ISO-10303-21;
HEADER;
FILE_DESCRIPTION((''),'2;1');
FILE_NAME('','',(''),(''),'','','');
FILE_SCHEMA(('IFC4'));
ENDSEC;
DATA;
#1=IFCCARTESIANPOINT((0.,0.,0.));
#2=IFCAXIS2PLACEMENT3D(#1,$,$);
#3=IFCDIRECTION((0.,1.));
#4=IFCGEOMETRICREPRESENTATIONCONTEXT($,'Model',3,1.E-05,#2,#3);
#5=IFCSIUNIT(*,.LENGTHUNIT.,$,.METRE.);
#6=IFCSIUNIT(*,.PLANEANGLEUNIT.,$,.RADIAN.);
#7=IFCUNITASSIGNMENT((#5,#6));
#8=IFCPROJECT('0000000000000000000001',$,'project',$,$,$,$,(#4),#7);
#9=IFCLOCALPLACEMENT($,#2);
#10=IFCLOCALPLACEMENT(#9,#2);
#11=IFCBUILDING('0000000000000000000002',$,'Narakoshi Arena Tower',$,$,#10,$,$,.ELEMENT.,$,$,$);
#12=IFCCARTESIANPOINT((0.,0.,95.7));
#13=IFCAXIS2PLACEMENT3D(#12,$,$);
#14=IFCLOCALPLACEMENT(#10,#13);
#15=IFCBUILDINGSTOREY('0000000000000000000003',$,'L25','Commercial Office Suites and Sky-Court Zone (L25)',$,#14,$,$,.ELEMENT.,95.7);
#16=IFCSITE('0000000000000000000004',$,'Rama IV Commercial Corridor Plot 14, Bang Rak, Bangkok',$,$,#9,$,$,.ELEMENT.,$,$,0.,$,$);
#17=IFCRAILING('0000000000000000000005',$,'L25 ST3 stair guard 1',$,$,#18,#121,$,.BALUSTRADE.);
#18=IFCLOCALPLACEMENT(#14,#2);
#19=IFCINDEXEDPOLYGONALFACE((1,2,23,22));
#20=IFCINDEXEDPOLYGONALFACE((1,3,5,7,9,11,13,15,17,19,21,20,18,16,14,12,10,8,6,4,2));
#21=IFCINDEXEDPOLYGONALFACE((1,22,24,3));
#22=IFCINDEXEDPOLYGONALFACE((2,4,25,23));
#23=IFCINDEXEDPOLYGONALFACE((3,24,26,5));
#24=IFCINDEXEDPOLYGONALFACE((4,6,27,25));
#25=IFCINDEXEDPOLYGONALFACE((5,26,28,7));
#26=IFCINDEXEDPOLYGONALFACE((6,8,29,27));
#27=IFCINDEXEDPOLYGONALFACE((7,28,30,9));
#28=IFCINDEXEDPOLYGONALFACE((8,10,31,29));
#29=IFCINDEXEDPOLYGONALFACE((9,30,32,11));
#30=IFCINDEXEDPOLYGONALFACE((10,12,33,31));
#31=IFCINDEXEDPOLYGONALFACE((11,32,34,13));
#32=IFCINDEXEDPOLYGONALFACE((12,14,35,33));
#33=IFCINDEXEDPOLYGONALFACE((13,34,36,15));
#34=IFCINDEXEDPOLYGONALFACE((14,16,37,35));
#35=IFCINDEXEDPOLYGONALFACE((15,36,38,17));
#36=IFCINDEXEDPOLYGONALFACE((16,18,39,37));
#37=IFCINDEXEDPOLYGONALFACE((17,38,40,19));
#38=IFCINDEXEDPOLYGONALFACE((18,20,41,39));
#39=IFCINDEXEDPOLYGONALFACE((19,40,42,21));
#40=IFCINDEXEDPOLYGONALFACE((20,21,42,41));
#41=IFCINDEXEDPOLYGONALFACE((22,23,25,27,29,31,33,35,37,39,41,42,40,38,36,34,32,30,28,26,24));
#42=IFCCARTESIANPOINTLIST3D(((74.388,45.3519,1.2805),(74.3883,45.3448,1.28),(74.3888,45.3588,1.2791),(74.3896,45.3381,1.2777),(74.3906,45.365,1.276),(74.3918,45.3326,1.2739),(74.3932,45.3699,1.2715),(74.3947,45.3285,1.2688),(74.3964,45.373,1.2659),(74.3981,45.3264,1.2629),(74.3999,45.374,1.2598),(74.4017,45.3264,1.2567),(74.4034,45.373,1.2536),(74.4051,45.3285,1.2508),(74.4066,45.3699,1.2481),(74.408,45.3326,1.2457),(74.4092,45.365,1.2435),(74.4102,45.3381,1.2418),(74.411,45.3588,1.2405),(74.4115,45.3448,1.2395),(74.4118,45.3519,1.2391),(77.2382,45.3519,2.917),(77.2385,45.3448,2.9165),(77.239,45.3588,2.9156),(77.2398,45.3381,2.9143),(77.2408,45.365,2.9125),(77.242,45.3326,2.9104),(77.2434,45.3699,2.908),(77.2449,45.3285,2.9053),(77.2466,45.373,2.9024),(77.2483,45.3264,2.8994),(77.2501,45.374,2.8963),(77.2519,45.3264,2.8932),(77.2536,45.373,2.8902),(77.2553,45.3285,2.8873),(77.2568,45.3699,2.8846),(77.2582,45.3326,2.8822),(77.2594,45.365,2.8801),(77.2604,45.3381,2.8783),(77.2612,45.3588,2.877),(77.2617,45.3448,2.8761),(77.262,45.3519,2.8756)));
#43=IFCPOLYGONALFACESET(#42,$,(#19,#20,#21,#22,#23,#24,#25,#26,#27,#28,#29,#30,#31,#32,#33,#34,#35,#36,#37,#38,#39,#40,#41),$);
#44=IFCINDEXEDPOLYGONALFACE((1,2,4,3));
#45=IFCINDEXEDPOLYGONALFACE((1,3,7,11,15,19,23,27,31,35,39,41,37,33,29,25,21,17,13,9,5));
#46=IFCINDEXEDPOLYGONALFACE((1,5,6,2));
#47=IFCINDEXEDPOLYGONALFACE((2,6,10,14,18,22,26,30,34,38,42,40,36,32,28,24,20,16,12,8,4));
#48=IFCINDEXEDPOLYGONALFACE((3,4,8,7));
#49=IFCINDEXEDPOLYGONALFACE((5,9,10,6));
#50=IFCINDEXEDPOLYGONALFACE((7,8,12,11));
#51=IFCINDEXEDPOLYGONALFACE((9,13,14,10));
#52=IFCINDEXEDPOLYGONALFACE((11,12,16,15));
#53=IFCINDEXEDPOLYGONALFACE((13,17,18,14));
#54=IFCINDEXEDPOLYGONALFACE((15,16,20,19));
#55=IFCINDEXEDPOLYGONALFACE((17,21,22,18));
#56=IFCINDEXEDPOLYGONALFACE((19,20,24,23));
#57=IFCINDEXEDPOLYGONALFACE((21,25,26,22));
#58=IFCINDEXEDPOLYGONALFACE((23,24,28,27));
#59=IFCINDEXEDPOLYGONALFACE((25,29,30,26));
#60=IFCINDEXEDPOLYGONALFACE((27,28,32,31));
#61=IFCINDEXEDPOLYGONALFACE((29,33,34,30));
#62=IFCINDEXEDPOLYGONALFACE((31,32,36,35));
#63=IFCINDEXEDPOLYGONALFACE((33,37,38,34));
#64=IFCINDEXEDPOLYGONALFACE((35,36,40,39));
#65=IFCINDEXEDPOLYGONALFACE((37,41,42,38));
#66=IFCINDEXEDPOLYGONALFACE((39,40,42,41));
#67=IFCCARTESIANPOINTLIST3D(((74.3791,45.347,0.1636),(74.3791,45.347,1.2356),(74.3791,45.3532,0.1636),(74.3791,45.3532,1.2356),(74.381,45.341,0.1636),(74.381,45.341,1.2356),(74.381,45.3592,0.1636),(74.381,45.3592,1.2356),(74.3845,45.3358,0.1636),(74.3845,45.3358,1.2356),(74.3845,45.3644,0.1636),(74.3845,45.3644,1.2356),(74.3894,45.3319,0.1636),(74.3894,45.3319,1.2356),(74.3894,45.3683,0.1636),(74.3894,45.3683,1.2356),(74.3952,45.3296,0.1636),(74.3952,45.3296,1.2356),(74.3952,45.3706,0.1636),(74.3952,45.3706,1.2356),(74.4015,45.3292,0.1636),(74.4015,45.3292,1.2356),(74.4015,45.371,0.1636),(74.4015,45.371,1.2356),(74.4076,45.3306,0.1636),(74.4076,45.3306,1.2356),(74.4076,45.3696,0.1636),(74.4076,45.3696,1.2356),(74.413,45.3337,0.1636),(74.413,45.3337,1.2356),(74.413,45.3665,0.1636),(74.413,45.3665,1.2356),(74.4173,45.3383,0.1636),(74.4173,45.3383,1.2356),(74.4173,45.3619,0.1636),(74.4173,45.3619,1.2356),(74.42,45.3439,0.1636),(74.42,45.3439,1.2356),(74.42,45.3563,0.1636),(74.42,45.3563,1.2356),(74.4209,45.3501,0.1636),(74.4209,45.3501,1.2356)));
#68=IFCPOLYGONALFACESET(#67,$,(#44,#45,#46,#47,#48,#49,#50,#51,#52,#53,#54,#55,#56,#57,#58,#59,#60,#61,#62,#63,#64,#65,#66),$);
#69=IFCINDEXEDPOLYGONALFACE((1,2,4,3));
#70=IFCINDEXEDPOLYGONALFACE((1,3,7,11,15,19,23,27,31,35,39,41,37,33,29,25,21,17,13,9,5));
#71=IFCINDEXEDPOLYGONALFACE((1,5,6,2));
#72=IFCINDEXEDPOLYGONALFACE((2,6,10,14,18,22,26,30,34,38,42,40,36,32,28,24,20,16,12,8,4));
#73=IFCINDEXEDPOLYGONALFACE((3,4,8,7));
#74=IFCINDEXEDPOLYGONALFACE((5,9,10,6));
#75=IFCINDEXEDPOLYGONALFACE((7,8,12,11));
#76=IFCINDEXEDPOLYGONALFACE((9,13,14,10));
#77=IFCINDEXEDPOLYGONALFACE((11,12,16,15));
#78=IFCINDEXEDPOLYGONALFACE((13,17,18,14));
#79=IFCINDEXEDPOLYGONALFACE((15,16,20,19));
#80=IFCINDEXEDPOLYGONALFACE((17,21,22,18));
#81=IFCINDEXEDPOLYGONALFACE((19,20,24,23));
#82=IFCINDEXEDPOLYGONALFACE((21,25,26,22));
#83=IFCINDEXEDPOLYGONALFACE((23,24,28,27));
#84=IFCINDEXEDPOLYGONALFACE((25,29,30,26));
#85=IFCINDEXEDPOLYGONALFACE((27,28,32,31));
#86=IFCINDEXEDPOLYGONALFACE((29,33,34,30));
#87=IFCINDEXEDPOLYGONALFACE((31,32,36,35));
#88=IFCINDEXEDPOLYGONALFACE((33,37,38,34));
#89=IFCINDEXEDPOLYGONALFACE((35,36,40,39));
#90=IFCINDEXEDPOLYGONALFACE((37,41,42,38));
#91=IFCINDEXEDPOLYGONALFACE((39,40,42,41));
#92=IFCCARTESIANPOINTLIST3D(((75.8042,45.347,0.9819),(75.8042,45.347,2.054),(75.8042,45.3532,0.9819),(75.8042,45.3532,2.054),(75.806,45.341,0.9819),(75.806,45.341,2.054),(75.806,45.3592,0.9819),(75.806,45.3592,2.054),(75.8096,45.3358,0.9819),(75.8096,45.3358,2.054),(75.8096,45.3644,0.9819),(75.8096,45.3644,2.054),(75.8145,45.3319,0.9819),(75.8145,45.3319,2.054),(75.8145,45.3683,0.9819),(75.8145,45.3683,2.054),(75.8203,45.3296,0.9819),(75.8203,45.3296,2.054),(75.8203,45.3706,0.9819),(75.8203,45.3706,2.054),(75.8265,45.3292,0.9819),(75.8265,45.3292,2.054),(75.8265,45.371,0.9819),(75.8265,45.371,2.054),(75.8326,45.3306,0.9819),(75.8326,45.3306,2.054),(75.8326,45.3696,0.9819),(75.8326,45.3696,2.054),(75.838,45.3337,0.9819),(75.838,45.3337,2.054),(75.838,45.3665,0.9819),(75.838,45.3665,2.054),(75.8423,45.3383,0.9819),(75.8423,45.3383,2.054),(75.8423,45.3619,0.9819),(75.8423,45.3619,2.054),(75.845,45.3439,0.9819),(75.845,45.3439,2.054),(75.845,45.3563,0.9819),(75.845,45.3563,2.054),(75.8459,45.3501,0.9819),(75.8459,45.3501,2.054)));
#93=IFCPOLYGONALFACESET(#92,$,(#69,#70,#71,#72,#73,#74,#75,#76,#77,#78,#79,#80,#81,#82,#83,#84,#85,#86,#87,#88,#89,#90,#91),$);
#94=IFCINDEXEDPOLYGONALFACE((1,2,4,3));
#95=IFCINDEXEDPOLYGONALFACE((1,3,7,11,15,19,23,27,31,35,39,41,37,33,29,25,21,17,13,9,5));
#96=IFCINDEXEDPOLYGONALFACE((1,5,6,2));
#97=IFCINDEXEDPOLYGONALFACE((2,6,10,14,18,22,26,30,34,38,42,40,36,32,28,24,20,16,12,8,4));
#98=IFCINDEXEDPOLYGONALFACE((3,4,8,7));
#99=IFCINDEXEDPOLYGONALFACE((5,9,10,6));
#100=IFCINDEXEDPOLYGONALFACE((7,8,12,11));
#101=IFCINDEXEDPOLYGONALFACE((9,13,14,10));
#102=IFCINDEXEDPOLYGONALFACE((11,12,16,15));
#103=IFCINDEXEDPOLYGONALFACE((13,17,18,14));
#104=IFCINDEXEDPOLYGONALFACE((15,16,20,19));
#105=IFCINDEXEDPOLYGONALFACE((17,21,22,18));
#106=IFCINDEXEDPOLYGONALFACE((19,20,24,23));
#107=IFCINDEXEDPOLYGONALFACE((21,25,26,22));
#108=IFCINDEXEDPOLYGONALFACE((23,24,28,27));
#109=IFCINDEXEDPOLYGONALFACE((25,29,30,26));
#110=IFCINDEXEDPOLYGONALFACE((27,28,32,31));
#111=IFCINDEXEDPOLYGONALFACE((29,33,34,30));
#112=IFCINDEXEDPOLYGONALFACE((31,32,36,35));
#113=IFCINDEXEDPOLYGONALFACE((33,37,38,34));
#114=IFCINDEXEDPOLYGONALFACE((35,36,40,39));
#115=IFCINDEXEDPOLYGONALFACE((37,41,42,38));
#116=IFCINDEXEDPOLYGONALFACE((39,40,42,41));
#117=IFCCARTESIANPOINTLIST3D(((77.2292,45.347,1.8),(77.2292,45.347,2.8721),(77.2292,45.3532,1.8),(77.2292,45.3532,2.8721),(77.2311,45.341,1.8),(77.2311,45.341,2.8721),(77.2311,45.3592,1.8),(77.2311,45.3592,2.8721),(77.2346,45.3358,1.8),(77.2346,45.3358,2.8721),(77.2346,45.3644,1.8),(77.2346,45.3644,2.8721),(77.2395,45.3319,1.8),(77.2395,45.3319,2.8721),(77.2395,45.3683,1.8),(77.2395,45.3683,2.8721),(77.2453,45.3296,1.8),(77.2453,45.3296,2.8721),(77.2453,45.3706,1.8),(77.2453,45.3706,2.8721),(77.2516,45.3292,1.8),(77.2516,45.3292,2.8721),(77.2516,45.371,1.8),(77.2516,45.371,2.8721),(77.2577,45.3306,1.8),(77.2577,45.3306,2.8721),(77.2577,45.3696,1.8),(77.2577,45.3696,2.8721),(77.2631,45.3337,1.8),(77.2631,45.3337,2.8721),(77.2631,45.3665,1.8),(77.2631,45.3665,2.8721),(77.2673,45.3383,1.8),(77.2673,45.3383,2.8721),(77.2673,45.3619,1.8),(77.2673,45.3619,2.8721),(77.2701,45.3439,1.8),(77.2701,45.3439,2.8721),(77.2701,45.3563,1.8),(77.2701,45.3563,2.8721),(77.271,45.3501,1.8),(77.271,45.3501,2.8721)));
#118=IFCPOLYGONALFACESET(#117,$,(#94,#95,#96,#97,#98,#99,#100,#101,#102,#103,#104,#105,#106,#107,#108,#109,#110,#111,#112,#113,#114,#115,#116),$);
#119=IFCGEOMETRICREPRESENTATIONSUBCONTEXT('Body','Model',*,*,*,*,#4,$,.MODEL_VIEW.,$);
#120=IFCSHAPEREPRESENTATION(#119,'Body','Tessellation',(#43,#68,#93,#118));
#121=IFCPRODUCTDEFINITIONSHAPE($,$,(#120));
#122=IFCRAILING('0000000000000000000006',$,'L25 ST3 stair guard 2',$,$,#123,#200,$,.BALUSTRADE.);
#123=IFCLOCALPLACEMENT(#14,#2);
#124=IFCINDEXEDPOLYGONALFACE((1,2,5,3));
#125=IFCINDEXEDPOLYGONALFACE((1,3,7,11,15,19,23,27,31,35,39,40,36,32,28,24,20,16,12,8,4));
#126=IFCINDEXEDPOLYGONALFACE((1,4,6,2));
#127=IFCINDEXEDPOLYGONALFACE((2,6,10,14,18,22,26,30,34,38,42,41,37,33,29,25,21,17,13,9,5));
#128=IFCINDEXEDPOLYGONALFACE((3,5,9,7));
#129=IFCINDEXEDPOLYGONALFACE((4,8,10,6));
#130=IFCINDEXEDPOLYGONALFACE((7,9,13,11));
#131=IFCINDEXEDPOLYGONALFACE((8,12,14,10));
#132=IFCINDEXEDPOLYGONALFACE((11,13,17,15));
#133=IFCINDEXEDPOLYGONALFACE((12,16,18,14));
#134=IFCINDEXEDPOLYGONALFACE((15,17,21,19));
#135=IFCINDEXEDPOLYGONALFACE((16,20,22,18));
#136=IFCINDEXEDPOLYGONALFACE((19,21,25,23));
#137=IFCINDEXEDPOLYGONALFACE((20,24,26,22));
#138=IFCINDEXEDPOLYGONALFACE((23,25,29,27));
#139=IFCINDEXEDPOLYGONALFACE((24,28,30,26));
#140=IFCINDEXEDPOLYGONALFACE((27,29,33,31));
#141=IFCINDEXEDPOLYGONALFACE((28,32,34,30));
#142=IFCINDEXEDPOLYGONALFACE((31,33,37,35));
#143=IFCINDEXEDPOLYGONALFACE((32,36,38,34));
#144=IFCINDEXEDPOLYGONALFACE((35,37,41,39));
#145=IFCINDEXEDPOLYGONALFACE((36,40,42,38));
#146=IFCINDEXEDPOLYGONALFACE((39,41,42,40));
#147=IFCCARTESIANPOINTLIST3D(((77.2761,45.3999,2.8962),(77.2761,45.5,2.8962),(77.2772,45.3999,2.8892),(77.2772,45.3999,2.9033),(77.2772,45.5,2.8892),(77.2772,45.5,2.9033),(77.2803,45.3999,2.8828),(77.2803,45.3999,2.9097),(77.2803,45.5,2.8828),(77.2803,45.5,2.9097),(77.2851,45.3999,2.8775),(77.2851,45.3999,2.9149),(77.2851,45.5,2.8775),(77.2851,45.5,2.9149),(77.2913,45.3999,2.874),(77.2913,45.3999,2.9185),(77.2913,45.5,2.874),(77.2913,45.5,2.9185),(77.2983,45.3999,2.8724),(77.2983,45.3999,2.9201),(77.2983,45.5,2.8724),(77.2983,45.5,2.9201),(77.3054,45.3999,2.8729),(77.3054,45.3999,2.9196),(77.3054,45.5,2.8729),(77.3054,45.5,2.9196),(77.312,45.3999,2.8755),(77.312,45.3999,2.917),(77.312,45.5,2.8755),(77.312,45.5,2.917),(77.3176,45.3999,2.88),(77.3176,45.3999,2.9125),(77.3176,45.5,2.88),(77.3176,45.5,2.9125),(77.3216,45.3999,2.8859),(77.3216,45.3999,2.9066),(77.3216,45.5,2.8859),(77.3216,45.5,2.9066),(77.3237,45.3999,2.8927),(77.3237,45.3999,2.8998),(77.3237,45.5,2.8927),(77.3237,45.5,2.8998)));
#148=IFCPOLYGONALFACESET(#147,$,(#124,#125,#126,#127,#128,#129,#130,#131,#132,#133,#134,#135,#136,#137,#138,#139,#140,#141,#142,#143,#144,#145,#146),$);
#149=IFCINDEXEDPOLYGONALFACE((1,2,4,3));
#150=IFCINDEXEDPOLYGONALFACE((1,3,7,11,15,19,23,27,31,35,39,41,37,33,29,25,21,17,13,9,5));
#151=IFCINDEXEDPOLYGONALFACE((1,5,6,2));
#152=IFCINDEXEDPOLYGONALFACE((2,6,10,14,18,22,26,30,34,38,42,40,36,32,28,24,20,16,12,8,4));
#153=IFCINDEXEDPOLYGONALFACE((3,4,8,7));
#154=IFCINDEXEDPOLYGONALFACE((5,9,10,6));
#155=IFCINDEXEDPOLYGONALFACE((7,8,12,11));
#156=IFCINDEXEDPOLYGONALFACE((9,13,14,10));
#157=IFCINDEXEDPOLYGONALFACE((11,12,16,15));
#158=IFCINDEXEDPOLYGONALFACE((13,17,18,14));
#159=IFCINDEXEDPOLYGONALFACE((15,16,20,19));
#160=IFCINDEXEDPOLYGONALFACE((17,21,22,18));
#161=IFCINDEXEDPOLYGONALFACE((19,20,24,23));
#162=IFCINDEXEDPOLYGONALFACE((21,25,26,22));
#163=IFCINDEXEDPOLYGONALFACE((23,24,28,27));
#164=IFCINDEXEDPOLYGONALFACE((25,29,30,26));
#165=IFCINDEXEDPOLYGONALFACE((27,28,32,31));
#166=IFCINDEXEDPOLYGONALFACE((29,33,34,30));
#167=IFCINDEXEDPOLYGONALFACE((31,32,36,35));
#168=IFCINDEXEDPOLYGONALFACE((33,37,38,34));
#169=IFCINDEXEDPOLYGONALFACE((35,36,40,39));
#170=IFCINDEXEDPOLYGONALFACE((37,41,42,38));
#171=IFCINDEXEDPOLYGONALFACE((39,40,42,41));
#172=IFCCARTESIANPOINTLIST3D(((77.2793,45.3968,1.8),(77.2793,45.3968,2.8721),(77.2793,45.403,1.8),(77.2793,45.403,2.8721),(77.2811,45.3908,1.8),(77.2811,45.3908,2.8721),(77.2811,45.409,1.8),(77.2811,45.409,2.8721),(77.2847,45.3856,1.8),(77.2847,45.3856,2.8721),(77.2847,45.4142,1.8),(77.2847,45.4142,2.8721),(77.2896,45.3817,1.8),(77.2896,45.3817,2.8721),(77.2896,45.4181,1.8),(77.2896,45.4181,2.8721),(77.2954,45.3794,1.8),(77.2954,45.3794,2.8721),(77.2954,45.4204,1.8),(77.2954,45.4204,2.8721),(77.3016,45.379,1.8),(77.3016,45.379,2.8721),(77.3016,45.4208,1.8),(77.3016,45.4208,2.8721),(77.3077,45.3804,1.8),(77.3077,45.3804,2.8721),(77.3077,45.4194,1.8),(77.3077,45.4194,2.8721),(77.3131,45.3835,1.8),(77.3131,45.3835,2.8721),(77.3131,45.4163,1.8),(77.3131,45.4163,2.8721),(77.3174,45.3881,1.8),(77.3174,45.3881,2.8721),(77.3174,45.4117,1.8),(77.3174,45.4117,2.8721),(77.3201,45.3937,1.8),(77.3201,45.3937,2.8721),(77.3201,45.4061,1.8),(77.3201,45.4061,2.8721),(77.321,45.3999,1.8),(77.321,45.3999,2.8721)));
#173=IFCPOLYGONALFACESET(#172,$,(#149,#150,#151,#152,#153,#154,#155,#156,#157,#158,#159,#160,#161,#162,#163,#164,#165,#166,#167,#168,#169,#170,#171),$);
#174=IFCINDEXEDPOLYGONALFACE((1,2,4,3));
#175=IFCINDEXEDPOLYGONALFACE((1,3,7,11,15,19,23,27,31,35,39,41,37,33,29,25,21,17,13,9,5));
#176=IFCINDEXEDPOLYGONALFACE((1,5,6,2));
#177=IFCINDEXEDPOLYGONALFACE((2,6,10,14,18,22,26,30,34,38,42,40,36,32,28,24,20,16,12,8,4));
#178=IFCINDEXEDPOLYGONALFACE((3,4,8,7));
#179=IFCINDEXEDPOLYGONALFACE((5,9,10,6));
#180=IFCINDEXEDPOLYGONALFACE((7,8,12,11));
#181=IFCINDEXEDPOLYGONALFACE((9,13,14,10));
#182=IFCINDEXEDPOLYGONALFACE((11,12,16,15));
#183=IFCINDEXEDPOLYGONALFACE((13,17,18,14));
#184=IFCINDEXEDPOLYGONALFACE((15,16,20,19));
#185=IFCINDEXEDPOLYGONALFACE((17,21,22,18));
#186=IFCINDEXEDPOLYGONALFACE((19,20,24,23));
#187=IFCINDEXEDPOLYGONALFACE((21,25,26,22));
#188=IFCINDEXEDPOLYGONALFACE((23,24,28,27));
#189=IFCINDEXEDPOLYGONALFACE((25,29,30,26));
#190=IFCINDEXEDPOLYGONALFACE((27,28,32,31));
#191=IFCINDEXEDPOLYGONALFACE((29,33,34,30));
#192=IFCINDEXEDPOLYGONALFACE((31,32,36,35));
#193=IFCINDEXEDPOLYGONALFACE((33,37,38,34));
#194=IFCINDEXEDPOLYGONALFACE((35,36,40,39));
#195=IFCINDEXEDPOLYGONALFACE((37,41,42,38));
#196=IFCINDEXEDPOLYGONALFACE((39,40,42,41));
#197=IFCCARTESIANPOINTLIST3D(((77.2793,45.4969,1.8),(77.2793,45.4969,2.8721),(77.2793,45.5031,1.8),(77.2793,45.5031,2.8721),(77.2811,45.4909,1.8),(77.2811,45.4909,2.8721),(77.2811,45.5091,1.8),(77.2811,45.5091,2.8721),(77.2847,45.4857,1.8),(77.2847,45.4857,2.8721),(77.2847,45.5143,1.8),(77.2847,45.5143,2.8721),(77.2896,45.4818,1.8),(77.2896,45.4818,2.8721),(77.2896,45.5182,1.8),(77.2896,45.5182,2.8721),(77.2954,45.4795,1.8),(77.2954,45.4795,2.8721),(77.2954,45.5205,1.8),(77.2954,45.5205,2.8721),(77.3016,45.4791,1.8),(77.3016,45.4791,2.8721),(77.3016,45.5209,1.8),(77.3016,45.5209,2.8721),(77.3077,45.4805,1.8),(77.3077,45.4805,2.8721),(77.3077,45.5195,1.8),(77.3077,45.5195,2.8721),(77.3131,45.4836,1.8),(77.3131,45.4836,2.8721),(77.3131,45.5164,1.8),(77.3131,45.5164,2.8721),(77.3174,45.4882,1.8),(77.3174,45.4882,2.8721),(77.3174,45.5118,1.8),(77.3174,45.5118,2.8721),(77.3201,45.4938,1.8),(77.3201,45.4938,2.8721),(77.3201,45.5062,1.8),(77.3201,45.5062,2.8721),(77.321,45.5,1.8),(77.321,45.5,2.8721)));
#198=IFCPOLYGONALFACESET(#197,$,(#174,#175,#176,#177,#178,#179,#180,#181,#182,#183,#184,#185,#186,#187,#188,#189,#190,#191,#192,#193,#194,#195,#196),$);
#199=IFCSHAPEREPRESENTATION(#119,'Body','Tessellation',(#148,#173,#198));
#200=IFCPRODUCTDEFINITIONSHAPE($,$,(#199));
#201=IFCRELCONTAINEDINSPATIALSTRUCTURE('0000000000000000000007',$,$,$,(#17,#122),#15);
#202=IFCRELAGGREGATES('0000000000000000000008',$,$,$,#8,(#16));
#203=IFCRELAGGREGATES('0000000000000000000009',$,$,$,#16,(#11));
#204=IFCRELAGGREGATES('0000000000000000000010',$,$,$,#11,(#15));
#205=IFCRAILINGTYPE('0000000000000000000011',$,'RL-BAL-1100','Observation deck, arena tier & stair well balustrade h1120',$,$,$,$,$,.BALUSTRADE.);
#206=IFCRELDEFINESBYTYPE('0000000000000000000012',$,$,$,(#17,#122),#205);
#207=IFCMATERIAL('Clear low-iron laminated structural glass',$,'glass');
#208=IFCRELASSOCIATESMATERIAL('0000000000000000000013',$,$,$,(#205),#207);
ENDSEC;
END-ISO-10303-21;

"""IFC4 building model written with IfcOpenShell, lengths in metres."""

from ifc_helpers import new_model, si_unit, direction, frame, origin, origin_2d, place, context, subcontext, project, spatial, circle, extrude, material, type_object, element, save


model = new_model("IFC4")

# Units and contexts
model_context = context("Model", 3, precision=1e-05, world=origin(), true_north=direction((0.0, 1.0)))
body_context = subcontext(model_context, "Body", "Model", "MODEL_VIEW")
ifc_project = project(units=[si_unit("LENGTHUNIT", "METRE"), si_unit("PLANEANGLEUNIT", "RADIAN")], contexts=[model_context])

# Site, building, storey
site_placement = place(None, origin())
site = spatial("IfcSite", under=ifc_project, at=site_placement, Name="Rama IV Commercial Corridor Plot 14, Bang Rak, Bangkok", CompositionType="ELEMENT", RefElevation=0.0)
building_placement = place(site_placement, origin())
building = spatial("IfcBuilding", under=site, at=building_placement, Name="Narakoshi Arena Tower", CompositionType="ELEMENT")
storey_placement = place(building_placement, frame((0.0, 0.0, 95.7)))
storey = spatial("IfcBuildingStorey", under=building, at=storey_placement, Name="L25", Description="Commercial Office Suites and Sky-Court Zone (L25)", CompositionType="ELEMENT", Elevation=95.7)

# Railings
ifc_material_1 = material(Name="Clear low-iron laminated structural glass", Category="glass")
railing_type_1 = type_object("IfcRailingType", Name="RL-BAL-1100", Description="Observation deck, arena tier & stair well balustrade h1120", PredefinedType="BALUSTRADE", material=ifc_material_1)
railing_1_placement = place(storey_placement, frame((74.3999, 45.3501, 0.1636)))
element("IfcRailing", 1, at=railing_1_placement, inside=storey, type_object=railing_type_1, Name="L25 ST3 stair guard 1", PredefinedType="BALUSTRADE", context=body_context, shape_type="SweptSolid", body=[
    extrude(circle(Radius=0.0239, at=origin_2d()), frame((0.0, 0.0, 1.0962), z_axis=(0.867213, 0.0, 0.497938), x_axis=(0.0, 1.0, 0.0)), (0.0, 0.0, 1.0), 3.2866),
    extrude(circle(Radius=0.021, at=origin_2d()), origin(), (0.0, 0.0, 1.0), 1.072),
    extrude(circle(Radius=0.021, at=origin_2d()), frame((1.425, 0.0, 0.8184)), (0.0, 0.0, 1.0), 1.072),
    extrude(circle(Radius=0.021, at=origin_2d()), frame((2.8501, 0.0, 1.6365)), (0.0, 0.0, 1.0), 1.072),
])
railing_2_placement = place(storey_placement, frame((77.3, 45.3999, 1.8)))
element("IfcRailing", 2, at=railing_2_placement, inside=storey, type_object=railing_type_1, Name="L25 ST3 stair guard 2", PredefinedType="BALUSTRADE", context=body_context, shape_type="SweptSolid", body=[
    extrude(circle(Radius=0.0239, at=origin_2d()), frame((0.0, 0.0, 1.0962), z_axis=(0.0, 1.0, 0.0), x_axis=(-1.0, 0.0, 0.0)), (0.0, 0.0, 1.0), 0.1001),
    extrude(circle(Radius=0.021, at=origin_2d()), origin(), (0.0, 0.0, 1.0), 1.072),
    extrude(circle(Radius=0.021, at=origin_2d()), frame((0.0, 0.1001, 0.0)), (0.0, 0.0, 1.0), 1.072),
])

save(model, "model.ifc")
